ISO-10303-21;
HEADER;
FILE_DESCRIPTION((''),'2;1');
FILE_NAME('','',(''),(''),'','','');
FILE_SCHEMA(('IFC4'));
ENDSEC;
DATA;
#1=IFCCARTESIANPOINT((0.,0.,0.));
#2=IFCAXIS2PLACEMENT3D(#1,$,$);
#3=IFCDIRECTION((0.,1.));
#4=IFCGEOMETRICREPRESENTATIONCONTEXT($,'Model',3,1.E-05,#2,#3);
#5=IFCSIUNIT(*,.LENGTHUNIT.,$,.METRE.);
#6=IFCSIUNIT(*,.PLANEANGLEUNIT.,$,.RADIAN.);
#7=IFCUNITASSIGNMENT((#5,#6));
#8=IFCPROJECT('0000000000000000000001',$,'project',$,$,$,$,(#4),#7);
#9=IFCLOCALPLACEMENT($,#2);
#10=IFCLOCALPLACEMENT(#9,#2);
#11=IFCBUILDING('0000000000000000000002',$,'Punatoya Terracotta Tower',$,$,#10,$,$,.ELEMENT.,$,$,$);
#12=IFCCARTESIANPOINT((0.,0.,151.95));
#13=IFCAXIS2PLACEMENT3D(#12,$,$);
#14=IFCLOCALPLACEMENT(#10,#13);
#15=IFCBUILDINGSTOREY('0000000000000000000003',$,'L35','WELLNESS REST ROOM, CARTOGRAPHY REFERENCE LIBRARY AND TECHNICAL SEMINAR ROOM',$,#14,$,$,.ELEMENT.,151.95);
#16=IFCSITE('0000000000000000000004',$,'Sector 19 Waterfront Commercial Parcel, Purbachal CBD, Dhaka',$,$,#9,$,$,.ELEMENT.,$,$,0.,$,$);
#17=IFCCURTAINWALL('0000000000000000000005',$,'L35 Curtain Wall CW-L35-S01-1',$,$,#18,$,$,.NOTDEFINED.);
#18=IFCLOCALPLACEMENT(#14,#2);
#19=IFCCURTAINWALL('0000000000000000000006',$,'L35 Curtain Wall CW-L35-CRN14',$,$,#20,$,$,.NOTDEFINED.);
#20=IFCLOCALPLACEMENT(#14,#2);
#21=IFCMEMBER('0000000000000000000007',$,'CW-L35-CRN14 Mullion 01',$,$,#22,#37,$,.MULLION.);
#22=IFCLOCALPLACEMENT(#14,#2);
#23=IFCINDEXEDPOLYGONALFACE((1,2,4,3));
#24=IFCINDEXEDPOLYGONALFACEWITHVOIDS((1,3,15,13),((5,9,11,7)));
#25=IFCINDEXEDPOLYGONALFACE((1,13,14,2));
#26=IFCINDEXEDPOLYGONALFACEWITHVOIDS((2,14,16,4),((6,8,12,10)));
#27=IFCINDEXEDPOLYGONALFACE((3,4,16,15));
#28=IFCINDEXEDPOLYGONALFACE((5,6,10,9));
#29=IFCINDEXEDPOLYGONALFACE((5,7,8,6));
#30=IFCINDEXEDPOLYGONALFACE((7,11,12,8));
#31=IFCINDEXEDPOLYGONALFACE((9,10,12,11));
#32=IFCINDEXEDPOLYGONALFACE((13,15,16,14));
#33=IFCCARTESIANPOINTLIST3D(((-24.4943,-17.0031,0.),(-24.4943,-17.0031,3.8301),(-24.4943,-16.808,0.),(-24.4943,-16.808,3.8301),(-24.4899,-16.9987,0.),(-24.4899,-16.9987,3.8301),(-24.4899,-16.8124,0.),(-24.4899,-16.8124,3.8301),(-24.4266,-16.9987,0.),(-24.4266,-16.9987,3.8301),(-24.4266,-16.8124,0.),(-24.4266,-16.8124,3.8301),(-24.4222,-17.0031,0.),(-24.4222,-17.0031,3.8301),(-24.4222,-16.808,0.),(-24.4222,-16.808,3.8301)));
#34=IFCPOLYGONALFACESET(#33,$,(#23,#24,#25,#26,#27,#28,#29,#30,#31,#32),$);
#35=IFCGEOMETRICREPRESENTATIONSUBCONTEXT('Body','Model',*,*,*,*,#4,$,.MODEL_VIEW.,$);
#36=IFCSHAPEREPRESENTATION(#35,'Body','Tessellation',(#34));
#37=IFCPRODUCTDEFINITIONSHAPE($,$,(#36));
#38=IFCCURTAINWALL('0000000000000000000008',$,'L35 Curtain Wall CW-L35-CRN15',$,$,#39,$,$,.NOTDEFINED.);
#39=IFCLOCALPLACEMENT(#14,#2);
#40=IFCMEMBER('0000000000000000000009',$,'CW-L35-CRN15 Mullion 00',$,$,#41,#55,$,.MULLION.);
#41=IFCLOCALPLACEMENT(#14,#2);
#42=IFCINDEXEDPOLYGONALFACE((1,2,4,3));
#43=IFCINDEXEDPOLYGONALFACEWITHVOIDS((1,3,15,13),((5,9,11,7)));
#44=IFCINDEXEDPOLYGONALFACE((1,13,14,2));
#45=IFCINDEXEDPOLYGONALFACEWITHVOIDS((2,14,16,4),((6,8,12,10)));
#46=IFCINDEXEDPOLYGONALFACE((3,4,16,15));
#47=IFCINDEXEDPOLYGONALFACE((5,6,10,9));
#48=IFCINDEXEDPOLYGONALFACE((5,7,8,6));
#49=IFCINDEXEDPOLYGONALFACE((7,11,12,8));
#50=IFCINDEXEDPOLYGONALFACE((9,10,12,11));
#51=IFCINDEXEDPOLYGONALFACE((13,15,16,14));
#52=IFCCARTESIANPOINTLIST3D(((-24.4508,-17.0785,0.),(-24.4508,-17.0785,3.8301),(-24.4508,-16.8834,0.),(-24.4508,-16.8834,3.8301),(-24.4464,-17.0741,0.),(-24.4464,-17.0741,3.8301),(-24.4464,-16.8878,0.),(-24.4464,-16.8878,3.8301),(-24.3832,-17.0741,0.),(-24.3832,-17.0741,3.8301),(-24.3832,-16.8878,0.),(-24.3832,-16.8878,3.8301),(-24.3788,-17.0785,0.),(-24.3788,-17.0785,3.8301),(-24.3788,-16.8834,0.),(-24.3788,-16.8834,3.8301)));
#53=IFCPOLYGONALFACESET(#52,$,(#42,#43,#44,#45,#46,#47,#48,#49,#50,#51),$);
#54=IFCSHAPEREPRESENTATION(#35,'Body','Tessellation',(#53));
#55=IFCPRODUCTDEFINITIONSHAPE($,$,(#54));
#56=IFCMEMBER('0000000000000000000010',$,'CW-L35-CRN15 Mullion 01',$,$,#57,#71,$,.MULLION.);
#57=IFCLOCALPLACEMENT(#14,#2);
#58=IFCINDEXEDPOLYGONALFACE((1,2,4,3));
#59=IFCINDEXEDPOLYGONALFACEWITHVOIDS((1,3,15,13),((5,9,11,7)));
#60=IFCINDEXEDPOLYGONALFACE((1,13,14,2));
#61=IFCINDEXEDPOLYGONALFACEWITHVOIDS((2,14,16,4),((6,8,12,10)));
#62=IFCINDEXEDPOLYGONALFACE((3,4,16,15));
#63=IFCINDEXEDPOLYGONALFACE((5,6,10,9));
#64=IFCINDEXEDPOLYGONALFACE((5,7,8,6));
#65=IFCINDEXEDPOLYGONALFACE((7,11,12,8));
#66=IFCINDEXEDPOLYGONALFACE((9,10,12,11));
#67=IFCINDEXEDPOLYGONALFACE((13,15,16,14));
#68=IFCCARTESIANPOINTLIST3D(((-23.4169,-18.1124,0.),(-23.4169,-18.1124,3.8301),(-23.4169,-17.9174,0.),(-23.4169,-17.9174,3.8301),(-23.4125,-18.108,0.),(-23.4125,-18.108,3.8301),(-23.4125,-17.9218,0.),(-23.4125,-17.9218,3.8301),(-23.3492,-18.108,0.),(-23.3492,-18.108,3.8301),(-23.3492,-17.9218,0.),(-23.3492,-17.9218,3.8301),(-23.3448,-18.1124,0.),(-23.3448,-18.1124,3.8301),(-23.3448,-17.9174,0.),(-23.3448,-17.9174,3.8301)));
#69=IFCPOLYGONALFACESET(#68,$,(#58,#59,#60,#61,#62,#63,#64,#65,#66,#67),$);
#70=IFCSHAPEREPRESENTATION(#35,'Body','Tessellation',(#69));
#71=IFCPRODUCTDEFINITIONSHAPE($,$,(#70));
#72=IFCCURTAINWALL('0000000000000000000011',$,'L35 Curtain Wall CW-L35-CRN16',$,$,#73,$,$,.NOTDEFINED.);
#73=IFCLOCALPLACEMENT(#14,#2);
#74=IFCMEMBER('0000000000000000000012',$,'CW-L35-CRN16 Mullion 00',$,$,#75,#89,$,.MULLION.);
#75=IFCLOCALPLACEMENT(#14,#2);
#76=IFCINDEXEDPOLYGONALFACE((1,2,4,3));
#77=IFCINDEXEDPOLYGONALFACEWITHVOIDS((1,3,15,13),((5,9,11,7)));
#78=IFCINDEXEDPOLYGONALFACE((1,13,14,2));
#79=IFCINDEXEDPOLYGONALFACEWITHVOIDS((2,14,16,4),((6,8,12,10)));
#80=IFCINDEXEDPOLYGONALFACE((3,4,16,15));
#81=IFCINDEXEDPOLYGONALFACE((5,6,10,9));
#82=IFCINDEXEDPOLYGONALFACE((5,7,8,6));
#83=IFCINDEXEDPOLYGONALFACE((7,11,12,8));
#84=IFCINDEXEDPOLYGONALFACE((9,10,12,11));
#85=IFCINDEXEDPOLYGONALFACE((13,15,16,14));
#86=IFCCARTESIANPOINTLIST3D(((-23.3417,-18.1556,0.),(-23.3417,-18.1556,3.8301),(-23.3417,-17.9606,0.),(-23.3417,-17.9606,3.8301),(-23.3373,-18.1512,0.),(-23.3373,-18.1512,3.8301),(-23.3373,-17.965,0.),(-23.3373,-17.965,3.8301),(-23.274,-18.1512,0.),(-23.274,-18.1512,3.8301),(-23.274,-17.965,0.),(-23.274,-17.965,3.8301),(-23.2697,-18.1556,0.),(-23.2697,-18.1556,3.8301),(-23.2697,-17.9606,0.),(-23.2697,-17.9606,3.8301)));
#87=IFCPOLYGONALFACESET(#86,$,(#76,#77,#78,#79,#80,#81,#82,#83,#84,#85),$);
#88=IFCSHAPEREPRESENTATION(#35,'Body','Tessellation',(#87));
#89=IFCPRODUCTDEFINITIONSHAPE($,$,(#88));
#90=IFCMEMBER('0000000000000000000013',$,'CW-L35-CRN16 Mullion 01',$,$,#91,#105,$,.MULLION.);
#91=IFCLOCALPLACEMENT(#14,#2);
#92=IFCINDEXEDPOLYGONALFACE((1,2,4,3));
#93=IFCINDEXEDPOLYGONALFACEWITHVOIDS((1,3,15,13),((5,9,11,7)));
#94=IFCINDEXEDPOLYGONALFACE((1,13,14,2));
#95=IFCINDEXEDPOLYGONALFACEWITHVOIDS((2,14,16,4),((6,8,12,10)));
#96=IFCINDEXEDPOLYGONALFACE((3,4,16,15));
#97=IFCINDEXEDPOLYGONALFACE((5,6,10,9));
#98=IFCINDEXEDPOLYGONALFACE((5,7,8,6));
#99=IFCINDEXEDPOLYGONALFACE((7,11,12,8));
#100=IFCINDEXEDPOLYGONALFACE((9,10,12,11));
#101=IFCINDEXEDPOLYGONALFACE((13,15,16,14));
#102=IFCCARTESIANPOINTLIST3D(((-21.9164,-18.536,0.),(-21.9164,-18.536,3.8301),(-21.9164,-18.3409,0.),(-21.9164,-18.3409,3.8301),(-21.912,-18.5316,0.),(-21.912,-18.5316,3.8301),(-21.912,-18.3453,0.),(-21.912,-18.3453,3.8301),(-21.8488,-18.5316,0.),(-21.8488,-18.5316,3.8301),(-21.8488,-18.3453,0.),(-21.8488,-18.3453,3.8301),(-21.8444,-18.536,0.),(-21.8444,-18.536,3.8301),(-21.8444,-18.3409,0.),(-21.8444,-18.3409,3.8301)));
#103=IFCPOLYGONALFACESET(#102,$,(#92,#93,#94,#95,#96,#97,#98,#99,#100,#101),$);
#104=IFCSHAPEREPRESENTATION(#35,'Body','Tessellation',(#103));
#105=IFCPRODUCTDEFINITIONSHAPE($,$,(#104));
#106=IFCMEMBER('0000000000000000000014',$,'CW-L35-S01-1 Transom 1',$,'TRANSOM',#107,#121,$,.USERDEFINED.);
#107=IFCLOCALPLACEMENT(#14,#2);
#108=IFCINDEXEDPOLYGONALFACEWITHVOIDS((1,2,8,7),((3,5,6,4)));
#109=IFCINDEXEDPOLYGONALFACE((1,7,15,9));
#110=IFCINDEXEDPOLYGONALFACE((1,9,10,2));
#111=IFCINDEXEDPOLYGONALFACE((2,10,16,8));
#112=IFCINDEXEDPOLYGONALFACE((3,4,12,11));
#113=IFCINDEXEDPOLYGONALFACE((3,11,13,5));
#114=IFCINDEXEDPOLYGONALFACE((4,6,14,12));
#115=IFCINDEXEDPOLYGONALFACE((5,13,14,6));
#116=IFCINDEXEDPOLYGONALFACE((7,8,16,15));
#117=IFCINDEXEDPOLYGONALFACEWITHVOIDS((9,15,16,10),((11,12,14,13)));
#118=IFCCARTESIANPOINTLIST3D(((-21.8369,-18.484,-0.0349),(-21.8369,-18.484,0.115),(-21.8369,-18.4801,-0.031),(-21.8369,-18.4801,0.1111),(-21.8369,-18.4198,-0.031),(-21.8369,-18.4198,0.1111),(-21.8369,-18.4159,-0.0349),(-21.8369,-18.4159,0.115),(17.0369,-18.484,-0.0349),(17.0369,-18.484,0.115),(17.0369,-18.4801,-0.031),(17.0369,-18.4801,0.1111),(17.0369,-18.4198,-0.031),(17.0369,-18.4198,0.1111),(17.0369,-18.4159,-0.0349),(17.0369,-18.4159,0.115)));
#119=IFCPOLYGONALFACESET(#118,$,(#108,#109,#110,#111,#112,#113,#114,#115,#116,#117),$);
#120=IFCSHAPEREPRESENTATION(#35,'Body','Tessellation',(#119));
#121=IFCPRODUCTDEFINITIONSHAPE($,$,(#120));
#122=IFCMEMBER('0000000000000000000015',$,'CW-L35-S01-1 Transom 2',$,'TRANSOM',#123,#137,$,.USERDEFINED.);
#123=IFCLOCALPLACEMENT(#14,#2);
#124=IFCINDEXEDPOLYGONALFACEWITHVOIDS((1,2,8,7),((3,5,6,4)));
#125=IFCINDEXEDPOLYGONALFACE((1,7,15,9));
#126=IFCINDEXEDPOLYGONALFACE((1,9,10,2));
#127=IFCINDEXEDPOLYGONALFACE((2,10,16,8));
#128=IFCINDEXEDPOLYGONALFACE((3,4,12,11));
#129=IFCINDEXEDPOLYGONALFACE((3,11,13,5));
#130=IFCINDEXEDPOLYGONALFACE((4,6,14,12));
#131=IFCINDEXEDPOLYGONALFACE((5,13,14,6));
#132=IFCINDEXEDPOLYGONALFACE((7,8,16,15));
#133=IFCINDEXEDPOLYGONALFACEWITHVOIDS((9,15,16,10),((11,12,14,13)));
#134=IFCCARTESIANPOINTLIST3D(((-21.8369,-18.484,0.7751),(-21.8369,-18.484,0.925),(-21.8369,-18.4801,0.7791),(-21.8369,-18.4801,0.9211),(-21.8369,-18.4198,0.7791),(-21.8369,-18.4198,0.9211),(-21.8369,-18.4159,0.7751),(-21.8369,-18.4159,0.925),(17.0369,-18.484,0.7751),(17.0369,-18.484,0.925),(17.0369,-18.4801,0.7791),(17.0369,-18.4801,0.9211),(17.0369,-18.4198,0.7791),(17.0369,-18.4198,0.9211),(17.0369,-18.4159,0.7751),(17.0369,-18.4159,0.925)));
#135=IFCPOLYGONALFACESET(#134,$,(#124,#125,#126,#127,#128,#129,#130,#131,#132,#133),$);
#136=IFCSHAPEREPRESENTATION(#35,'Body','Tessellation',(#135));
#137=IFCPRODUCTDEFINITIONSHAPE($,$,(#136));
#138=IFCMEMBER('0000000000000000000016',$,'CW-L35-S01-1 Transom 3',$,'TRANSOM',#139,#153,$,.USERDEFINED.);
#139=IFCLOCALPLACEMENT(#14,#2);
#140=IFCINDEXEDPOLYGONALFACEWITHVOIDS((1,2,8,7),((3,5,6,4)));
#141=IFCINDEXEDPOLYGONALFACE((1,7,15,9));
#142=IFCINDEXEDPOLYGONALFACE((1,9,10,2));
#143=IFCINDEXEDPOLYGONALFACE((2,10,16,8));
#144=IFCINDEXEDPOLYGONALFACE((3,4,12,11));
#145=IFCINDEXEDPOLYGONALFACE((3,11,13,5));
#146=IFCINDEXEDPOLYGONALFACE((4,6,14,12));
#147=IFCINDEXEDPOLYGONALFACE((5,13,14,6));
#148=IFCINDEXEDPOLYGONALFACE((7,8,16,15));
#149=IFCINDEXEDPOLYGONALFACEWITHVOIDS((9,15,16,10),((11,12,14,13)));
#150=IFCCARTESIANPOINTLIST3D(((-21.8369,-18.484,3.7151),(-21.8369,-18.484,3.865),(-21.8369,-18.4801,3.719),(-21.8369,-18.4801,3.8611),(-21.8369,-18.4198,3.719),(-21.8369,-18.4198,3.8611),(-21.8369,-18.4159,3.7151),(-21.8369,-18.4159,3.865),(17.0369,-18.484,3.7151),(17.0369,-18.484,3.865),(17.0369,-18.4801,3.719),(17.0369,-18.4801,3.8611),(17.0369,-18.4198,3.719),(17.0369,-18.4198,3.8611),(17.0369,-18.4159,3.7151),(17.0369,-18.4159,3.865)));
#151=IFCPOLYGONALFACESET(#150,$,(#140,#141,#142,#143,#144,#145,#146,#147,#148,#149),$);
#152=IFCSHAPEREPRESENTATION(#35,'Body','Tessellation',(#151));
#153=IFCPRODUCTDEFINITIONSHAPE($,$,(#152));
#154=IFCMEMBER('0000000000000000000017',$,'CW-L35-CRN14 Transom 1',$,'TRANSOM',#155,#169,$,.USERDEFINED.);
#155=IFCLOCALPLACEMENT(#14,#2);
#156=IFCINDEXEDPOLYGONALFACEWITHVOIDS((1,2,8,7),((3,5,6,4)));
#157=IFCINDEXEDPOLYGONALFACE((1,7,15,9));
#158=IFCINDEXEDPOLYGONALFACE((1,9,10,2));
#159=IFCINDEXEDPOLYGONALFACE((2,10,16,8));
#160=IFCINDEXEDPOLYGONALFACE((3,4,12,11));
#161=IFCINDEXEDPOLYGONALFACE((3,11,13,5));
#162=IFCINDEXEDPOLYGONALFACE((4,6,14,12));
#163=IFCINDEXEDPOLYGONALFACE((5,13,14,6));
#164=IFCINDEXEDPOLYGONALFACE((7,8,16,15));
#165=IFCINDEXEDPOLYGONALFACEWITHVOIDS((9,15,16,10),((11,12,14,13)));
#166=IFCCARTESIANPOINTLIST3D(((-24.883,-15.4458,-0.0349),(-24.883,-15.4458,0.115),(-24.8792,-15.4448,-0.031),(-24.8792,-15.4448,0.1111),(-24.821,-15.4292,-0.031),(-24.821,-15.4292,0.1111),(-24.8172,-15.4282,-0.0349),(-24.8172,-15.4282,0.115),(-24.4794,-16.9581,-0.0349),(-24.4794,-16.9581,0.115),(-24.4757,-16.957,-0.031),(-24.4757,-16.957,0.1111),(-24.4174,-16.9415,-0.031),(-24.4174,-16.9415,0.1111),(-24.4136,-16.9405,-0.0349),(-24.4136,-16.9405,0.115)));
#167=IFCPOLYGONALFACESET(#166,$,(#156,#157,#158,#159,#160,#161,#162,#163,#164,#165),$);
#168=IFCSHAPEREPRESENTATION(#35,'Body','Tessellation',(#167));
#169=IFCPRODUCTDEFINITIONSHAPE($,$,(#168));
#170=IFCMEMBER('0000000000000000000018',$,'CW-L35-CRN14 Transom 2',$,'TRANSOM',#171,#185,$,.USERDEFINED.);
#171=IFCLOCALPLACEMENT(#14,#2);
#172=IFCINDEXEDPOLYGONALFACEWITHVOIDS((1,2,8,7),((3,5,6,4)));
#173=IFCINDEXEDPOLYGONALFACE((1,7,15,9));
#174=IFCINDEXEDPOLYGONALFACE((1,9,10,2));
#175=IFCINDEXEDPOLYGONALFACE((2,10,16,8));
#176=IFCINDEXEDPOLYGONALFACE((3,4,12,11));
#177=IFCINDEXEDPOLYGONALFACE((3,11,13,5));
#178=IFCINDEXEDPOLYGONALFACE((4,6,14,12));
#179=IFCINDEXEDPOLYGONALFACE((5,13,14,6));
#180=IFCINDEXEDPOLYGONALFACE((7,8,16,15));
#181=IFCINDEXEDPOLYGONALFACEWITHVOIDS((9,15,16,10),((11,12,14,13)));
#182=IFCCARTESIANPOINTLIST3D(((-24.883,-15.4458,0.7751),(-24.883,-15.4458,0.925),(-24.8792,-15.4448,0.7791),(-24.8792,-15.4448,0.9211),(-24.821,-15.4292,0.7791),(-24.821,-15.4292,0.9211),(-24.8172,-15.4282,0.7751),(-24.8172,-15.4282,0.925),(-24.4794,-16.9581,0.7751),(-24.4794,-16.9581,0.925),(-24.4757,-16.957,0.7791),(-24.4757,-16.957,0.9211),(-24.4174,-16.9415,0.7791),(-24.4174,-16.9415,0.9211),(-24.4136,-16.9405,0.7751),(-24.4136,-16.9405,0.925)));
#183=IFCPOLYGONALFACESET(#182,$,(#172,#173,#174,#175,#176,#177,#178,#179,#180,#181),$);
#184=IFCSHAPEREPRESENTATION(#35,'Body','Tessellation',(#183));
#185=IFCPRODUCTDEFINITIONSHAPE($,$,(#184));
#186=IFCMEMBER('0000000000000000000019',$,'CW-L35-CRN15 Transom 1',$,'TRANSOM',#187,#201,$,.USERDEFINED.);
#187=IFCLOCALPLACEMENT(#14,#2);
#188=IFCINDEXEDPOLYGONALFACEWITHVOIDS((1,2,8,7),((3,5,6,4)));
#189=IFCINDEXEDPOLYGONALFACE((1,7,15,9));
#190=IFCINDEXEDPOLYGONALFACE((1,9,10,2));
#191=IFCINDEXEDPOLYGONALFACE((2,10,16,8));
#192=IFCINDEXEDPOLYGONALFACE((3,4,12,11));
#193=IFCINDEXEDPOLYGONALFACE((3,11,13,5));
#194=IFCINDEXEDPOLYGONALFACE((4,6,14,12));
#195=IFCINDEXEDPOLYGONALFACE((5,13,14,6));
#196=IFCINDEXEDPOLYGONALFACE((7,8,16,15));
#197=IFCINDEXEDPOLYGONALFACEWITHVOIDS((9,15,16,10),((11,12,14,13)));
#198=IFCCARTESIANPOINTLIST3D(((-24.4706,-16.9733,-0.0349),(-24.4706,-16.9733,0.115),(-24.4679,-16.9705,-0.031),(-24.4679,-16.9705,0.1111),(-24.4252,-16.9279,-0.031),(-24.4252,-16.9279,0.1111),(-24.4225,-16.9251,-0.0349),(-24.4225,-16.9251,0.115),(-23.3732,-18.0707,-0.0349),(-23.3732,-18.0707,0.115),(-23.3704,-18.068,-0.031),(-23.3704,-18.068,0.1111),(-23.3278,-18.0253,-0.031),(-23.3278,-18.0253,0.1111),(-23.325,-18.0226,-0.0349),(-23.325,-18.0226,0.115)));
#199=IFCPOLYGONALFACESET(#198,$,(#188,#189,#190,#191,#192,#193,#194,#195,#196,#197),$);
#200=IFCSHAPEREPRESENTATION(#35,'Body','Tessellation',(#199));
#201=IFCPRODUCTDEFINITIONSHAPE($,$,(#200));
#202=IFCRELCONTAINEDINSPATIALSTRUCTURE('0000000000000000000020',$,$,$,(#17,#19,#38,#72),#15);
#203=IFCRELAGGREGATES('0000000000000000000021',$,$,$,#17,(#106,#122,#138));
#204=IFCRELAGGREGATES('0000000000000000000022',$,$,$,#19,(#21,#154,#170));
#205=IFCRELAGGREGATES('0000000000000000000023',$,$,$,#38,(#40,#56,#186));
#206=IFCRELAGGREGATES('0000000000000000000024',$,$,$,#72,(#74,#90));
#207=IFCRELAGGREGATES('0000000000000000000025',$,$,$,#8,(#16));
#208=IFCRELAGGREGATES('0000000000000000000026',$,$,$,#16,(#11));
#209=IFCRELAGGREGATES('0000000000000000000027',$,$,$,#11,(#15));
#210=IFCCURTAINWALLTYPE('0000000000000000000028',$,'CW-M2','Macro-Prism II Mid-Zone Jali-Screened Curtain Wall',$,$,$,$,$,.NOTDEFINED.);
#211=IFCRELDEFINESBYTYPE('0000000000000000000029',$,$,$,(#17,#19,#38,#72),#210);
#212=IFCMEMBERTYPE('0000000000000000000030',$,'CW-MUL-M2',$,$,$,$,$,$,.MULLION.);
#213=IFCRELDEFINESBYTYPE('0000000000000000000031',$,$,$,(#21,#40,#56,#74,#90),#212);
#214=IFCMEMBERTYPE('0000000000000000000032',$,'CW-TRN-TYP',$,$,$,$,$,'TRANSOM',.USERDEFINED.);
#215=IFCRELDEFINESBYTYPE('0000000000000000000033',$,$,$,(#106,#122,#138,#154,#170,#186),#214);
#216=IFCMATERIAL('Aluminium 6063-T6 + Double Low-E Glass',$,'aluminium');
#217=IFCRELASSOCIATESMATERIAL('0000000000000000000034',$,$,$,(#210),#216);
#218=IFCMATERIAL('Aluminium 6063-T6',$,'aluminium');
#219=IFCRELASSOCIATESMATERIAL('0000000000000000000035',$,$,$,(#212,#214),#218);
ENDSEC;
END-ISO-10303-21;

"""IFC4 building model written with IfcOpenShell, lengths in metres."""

from ifc_helpers import new_model, si_unit, direction, frame, origin, origin_2d, place, context, subcontext, project, spatial, hollow_rectangle, extrude, material, material_profile, profile_set, type_object, element, aggregate, save


model = new_model("IFC4")

# Units and contexts
model_context = context("Model", 3, precision=1e-05, world=origin(), true_north=direction((0.0, 1.0)))
body_context = subcontext(model_context, "Body", "Model", "MODEL_VIEW")
ifc_project = project(units=[si_unit("LENGTHUNIT", "METRE"), si_unit("PLANEANGLEUNIT", "RADIAN")], contexts=[model_context])

# Site, building, storey
site_placement = place(None, origin())
site = spatial("IfcSite", under=ifc_project, at=site_placement, Name="Sector 19 Waterfront Commercial Parcel, Purbachal CBD, Dhaka", CompositionType="ELEMENT", RefElevation=0.0)
building_placement = place(site_placement, origin())
building = spatial("IfcBuilding", under=site, at=building_placement, Name="Punatoya Terracotta Tower", CompositionType="ELEMENT")
storey_placement = place(building_placement, frame((0.0, 0.0, 151.95)))
storey = spatial("IfcBuildingStorey", under=building, at=storey_placement, Name="L35", Description="WELLNESS REST ROOM, CARTOGRAPHY REFERENCE LIBRARY AND TECHNICAL SEMINAR ROOM", CompositionType="ELEMENT", Elevation=151.95)

# Curtain wall
ifc_material_1 = material(Name="Aluminium 6063-T6 + Double Low-E Glass", Category="aluminium")
curtain_wall_type = type_object("IfcCurtainWallType", Name="CW-M2", Description="Macro-Prism II Mid-Zone Jali-Screened Curtain Wall", PredefinedType="NOTDEFINED", material=ifc_material_1)
curtain_wall_1_placement = place(storey_placement, origin())
curtain_wall_1 = element("IfcCurtainWall", 1, at=curtain_wall_1_placement, inside=storey, type_object=curtain_wall_type, Name="L35 Curtain Wall CW-L35-S01-1", PredefinedType="NOTDEFINED")
ifc_material_2 = material(Name="Aluminium 6063-T6", Category="aluminium")
ifc_material_profile_1 = material_profile(ifc_material_2, hollow_rectangle(XDim=0.072, YDim=0.1951, WallThickness=0.0044, at=origin_2d()))
ifc_profile_set_1 = profile_set([ifc_material_profile_1], Name="Aluminium 6063-T6")
member_type_1 = type_object("IfcMemberType", Name="CW-MUL-M2", PredefinedType="MULLION", material=ifc_profile_set_1)

# Curtain walls, members
curtain_wall_2_placement = place(storey_placement, origin())
curtain_wall_2 = element("IfcCurtainWall", 2, at=curtain_wall_2_placement, inside=storey, type_object=curtain_wall_type, Name="L35 Curtain Wall CW-L35-CRN14", PredefinedType="NOTDEFINED")
member_1_placement = place(storey_placement, frame((-24.4583, -16.9055, 0.0), z_axis=(0.0, 0.0, 1.0), x_axis=(1.0, 0.0, 0.0)))
member_1 = element("IfcMember", 3, at=member_1_placement, type_object=member_type_1, Name="CW-L35-CRN14 Mullion 01", PredefinedType="MULLION", context=body_context, shape_type="SweptSolid", body=[
    extrude(hollow_rectangle(XDim=0.072, YDim=0.1951, WallThickness=0.0044, at=origin_2d()), origin(), (0.0, 0.0, 1.0), 3.8301),
])
curtain_wall_3_placement = place(storey_placement, origin())
curtain_wall_3 = element("IfcCurtainWall", 4, at=curtain_wall_3_placement, inside=storey, type_object=curtain_wall_type, Name="L35 Curtain Wall CW-L35-CRN15", PredefinedType="NOTDEFINED")
member_2_placement = place(storey_placement, frame((-24.4148, -16.981, 0.0), z_axis=(0.0, 0.0, 1.0), x_axis=(1.0, 0.0, 0.0)))
member_2 = element("IfcMember", 5, at=member_2_placement, type_object=member_type_1, Name="CW-L35-CRN15 Mullion 00", PredefinedType="MULLION", context=body_context, shape_type="SweptSolid", body=[
    extrude(hollow_rectangle(XDim=0.072, YDim=0.1951, WallThickness=0.0044, at=origin_2d()), origin(), (0.0, 0.0, 1.0), 3.8301),
])
member_3_placement = place(storey_placement, frame((-23.3809, -18.0149, 0.0), z_axis=(0.0, 0.0, 1.0), x_axis=(1.0, 0.0, 0.0)))
member_3 = element("IfcMember", 6, at=member_3_placement, type_object=member_type_1, Name="CW-L35-CRN15 Mullion 01", PredefinedType="MULLION", context=body_context, shape_type="SweptSolid", body=[
    extrude(hollow_rectangle(XDim=0.072, YDim=0.1951, WallThickness=0.0044, at=origin_2d()), origin(), (0.0, 0.0, 1.0), 3.8301),
])
curtain_wall_4_placement = place(storey_placement, origin())
curtain_wall_4 = element("IfcCurtainWall", 7, at=curtain_wall_4_placement, inside=storey, type_object=curtain_wall_type, Name="L35 Curtain Wall CW-L35-CRN16", PredefinedType="NOTDEFINED")
member_4_placement = place(storey_placement, frame((-23.3057, -18.0581, 0.0), z_axis=(0.0, 0.0, 1.0), x_axis=(1.0, 0.0, 0.0)))
member_4 = element("IfcMember", 8, at=member_4_placement, type_object=member_type_1, Name="CW-L35-CRN16 Mullion 00", PredefinedType="MULLION", context=body_context, shape_type="SweptSolid", body=[
    extrude(hollow_rectangle(XDim=0.072, YDim=0.1951, WallThickness=0.0044, at=origin_2d()), origin(), (0.0, 0.0, 1.0), 3.8301),
])
member_5_placement = place(storey_placement, frame((-21.8804, -18.4385, 0.0), z_axis=(0.0, 0.0, 1.0), x_axis=(1.0, 0.0, 0.0)))
member_5 = element("IfcMember", 9, at=member_5_placement, type_object=member_type_1, Name="CW-L35-CRN16 Mullion 01", PredefinedType="MULLION", context=body_context, shape_type="SweptSolid", body=[
    extrude(hollow_rectangle(XDim=0.072, YDim=0.1951, WallThickness=0.0044, at=origin_2d()), origin(), (0.0, 0.0, 1.0), 3.8301),
])

# Members
ifc_material_profile_2 = material_profile(ifc_material_2, hollow_rectangle(XDim=0.0681, YDim=0.1499, WallThickness=0.0039, at=origin_2d()))
ifc_profile_set_2 = profile_set([ifc_material_profile_2], Name="Aluminium 6063-T6")
member_type_2 = type_object("IfcMemberType", Name="CW-TRN-TYP", ElementType="TRANSOM", PredefinedType="USERDEFINED", material=ifc_profile_set_2)
member_6_placement = place(storey_placement, frame((-21.8369, -18.45, 0.04), z_axis=(1.0, 0.0, 0.0), x_axis=(0.0, 1.0, 0.0)))
member_6 = element("IfcMember", 10, at=member_6_placement, type_object=member_type_2, Name="CW-L35-S01-1 Transom 1", ObjectType="TRANSOM", PredefinedType="USERDEFINED", context=body_context, shape_type="SweptSolid", body=[
    extrude(hollow_rectangle(XDim=0.0681, YDim=0.1499, WallThickness=0.0039, at=origin_2d()), origin(), (0.0, 0.0, 1.0), 38.8738),
])
member_7_placement = place(storey_placement, frame((-21.8369, -18.45, 0.8501), z_axis=(1.0, 0.0, 0.0), x_axis=(0.0, 1.0, 0.0)))
member_7 = element("IfcMember", 11, at=member_7_placement, type_object=member_type_2, Name="CW-L35-S01-1 Transom 2", ObjectType="TRANSOM", PredefinedType="USERDEFINED", context=body_context, shape_type="SweptSolid", body=[
    extrude(hollow_rectangle(XDim=0.0681, YDim=0.1499, WallThickness=0.0039, at=origin_2d()), origin(), (0.0, 0.0, 1.0), 38.8738),
])
member_8_placement = place(storey_placement, frame((-21.8369, -18.45, 3.79), z_axis=(1.0, 0.0, 0.0), x_axis=(0.0, 1.0, 0.0)))
member_8 = element("IfcMember", 12, at=member_8_placement, type_object=member_type_2, Name="CW-L35-S01-1 Transom 3", ObjectType="TRANSOM", PredefinedType="USERDEFINED", context=body_context, shape_type="SweptSolid", body=[
    extrude(hollow_rectangle(XDim=0.0681, YDim=0.1499, WallThickness=0.0039, at=origin_2d()), origin(), (0.0, 0.0, 1.0), 38.8738),
])
aggregate(curtain_wall_1, [member_6, member_7, member_8])
member_9_placement = place(storey_placement, frame((-24.8501, -15.437, 0.04), z_axis=(0.257847, -0.966186, 0.0), x_axis=(0.966186, 0.257847, 0.0)))
member_9 = element("IfcMember", 13, at=member_9_placement, type_object=member_type_2, Name="CW-L35-CRN14 Transom 1", ObjectType="TRANSOM", PredefinedType="USERDEFINED", context=body_context, shape_type="SweptSolid", body=[
    extrude(hollow_rectangle(XDim=0.0681, YDim=0.1499, WallThickness=0.0039, at=origin_2d()), origin(), (0.0, 0.0, 1.0), 1.5652),
])
member_10_placement = place(storey_placement, frame((-24.8501, -15.437, 0.8501), z_axis=(0.257847, -0.966186, 0.0), x_axis=(0.966186, 0.257847, 0.0)))
member_10 = element("IfcMember", 14, at=member_10_placement, type_object=member_type_2, Name="CW-L35-CRN14 Transom 2", ObjectType="TRANSOM", PredefinedType="USERDEFINED", context=body_context, shape_type="SweptSolid", body=[
    extrude(hollow_rectangle(XDim=0.0681, YDim=0.1499, WallThickness=0.0039, at=origin_2d()), origin(), (0.0, 0.0, 1.0), 1.5652),
])
member_11_placement = place(storey_placement, frame((-24.4465, -16.9492, 0.04), z_axis=(0.707107, -0.707107, 0.0), x_axis=(0.707107, 0.707107, 0.0)))
member_11 = element("IfcMember", 15, at=member_11_placement, type_object=member_type_2, Name="CW-L35-CRN15 Transom 1", ObjectType="TRANSOM", PredefinedType="USERDEFINED", context=body_context, shape_type="SweptSolid", body=[
    extrude(hollow_rectangle(XDim=0.0681, YDim=0.1499, WallThickness=0.0039, at=origin_2d()), origin(), (0.0, 0.0, 1.0), 1.552),
])

aggregate(curtain_wall_2, [member_1, member_9, member_10])
aggregate(curtain_wall_3, [member_2, member_3, member_11])
aggregate(curtain_wall_4, [member_4, member_5])

save(model, "model.ifc")
